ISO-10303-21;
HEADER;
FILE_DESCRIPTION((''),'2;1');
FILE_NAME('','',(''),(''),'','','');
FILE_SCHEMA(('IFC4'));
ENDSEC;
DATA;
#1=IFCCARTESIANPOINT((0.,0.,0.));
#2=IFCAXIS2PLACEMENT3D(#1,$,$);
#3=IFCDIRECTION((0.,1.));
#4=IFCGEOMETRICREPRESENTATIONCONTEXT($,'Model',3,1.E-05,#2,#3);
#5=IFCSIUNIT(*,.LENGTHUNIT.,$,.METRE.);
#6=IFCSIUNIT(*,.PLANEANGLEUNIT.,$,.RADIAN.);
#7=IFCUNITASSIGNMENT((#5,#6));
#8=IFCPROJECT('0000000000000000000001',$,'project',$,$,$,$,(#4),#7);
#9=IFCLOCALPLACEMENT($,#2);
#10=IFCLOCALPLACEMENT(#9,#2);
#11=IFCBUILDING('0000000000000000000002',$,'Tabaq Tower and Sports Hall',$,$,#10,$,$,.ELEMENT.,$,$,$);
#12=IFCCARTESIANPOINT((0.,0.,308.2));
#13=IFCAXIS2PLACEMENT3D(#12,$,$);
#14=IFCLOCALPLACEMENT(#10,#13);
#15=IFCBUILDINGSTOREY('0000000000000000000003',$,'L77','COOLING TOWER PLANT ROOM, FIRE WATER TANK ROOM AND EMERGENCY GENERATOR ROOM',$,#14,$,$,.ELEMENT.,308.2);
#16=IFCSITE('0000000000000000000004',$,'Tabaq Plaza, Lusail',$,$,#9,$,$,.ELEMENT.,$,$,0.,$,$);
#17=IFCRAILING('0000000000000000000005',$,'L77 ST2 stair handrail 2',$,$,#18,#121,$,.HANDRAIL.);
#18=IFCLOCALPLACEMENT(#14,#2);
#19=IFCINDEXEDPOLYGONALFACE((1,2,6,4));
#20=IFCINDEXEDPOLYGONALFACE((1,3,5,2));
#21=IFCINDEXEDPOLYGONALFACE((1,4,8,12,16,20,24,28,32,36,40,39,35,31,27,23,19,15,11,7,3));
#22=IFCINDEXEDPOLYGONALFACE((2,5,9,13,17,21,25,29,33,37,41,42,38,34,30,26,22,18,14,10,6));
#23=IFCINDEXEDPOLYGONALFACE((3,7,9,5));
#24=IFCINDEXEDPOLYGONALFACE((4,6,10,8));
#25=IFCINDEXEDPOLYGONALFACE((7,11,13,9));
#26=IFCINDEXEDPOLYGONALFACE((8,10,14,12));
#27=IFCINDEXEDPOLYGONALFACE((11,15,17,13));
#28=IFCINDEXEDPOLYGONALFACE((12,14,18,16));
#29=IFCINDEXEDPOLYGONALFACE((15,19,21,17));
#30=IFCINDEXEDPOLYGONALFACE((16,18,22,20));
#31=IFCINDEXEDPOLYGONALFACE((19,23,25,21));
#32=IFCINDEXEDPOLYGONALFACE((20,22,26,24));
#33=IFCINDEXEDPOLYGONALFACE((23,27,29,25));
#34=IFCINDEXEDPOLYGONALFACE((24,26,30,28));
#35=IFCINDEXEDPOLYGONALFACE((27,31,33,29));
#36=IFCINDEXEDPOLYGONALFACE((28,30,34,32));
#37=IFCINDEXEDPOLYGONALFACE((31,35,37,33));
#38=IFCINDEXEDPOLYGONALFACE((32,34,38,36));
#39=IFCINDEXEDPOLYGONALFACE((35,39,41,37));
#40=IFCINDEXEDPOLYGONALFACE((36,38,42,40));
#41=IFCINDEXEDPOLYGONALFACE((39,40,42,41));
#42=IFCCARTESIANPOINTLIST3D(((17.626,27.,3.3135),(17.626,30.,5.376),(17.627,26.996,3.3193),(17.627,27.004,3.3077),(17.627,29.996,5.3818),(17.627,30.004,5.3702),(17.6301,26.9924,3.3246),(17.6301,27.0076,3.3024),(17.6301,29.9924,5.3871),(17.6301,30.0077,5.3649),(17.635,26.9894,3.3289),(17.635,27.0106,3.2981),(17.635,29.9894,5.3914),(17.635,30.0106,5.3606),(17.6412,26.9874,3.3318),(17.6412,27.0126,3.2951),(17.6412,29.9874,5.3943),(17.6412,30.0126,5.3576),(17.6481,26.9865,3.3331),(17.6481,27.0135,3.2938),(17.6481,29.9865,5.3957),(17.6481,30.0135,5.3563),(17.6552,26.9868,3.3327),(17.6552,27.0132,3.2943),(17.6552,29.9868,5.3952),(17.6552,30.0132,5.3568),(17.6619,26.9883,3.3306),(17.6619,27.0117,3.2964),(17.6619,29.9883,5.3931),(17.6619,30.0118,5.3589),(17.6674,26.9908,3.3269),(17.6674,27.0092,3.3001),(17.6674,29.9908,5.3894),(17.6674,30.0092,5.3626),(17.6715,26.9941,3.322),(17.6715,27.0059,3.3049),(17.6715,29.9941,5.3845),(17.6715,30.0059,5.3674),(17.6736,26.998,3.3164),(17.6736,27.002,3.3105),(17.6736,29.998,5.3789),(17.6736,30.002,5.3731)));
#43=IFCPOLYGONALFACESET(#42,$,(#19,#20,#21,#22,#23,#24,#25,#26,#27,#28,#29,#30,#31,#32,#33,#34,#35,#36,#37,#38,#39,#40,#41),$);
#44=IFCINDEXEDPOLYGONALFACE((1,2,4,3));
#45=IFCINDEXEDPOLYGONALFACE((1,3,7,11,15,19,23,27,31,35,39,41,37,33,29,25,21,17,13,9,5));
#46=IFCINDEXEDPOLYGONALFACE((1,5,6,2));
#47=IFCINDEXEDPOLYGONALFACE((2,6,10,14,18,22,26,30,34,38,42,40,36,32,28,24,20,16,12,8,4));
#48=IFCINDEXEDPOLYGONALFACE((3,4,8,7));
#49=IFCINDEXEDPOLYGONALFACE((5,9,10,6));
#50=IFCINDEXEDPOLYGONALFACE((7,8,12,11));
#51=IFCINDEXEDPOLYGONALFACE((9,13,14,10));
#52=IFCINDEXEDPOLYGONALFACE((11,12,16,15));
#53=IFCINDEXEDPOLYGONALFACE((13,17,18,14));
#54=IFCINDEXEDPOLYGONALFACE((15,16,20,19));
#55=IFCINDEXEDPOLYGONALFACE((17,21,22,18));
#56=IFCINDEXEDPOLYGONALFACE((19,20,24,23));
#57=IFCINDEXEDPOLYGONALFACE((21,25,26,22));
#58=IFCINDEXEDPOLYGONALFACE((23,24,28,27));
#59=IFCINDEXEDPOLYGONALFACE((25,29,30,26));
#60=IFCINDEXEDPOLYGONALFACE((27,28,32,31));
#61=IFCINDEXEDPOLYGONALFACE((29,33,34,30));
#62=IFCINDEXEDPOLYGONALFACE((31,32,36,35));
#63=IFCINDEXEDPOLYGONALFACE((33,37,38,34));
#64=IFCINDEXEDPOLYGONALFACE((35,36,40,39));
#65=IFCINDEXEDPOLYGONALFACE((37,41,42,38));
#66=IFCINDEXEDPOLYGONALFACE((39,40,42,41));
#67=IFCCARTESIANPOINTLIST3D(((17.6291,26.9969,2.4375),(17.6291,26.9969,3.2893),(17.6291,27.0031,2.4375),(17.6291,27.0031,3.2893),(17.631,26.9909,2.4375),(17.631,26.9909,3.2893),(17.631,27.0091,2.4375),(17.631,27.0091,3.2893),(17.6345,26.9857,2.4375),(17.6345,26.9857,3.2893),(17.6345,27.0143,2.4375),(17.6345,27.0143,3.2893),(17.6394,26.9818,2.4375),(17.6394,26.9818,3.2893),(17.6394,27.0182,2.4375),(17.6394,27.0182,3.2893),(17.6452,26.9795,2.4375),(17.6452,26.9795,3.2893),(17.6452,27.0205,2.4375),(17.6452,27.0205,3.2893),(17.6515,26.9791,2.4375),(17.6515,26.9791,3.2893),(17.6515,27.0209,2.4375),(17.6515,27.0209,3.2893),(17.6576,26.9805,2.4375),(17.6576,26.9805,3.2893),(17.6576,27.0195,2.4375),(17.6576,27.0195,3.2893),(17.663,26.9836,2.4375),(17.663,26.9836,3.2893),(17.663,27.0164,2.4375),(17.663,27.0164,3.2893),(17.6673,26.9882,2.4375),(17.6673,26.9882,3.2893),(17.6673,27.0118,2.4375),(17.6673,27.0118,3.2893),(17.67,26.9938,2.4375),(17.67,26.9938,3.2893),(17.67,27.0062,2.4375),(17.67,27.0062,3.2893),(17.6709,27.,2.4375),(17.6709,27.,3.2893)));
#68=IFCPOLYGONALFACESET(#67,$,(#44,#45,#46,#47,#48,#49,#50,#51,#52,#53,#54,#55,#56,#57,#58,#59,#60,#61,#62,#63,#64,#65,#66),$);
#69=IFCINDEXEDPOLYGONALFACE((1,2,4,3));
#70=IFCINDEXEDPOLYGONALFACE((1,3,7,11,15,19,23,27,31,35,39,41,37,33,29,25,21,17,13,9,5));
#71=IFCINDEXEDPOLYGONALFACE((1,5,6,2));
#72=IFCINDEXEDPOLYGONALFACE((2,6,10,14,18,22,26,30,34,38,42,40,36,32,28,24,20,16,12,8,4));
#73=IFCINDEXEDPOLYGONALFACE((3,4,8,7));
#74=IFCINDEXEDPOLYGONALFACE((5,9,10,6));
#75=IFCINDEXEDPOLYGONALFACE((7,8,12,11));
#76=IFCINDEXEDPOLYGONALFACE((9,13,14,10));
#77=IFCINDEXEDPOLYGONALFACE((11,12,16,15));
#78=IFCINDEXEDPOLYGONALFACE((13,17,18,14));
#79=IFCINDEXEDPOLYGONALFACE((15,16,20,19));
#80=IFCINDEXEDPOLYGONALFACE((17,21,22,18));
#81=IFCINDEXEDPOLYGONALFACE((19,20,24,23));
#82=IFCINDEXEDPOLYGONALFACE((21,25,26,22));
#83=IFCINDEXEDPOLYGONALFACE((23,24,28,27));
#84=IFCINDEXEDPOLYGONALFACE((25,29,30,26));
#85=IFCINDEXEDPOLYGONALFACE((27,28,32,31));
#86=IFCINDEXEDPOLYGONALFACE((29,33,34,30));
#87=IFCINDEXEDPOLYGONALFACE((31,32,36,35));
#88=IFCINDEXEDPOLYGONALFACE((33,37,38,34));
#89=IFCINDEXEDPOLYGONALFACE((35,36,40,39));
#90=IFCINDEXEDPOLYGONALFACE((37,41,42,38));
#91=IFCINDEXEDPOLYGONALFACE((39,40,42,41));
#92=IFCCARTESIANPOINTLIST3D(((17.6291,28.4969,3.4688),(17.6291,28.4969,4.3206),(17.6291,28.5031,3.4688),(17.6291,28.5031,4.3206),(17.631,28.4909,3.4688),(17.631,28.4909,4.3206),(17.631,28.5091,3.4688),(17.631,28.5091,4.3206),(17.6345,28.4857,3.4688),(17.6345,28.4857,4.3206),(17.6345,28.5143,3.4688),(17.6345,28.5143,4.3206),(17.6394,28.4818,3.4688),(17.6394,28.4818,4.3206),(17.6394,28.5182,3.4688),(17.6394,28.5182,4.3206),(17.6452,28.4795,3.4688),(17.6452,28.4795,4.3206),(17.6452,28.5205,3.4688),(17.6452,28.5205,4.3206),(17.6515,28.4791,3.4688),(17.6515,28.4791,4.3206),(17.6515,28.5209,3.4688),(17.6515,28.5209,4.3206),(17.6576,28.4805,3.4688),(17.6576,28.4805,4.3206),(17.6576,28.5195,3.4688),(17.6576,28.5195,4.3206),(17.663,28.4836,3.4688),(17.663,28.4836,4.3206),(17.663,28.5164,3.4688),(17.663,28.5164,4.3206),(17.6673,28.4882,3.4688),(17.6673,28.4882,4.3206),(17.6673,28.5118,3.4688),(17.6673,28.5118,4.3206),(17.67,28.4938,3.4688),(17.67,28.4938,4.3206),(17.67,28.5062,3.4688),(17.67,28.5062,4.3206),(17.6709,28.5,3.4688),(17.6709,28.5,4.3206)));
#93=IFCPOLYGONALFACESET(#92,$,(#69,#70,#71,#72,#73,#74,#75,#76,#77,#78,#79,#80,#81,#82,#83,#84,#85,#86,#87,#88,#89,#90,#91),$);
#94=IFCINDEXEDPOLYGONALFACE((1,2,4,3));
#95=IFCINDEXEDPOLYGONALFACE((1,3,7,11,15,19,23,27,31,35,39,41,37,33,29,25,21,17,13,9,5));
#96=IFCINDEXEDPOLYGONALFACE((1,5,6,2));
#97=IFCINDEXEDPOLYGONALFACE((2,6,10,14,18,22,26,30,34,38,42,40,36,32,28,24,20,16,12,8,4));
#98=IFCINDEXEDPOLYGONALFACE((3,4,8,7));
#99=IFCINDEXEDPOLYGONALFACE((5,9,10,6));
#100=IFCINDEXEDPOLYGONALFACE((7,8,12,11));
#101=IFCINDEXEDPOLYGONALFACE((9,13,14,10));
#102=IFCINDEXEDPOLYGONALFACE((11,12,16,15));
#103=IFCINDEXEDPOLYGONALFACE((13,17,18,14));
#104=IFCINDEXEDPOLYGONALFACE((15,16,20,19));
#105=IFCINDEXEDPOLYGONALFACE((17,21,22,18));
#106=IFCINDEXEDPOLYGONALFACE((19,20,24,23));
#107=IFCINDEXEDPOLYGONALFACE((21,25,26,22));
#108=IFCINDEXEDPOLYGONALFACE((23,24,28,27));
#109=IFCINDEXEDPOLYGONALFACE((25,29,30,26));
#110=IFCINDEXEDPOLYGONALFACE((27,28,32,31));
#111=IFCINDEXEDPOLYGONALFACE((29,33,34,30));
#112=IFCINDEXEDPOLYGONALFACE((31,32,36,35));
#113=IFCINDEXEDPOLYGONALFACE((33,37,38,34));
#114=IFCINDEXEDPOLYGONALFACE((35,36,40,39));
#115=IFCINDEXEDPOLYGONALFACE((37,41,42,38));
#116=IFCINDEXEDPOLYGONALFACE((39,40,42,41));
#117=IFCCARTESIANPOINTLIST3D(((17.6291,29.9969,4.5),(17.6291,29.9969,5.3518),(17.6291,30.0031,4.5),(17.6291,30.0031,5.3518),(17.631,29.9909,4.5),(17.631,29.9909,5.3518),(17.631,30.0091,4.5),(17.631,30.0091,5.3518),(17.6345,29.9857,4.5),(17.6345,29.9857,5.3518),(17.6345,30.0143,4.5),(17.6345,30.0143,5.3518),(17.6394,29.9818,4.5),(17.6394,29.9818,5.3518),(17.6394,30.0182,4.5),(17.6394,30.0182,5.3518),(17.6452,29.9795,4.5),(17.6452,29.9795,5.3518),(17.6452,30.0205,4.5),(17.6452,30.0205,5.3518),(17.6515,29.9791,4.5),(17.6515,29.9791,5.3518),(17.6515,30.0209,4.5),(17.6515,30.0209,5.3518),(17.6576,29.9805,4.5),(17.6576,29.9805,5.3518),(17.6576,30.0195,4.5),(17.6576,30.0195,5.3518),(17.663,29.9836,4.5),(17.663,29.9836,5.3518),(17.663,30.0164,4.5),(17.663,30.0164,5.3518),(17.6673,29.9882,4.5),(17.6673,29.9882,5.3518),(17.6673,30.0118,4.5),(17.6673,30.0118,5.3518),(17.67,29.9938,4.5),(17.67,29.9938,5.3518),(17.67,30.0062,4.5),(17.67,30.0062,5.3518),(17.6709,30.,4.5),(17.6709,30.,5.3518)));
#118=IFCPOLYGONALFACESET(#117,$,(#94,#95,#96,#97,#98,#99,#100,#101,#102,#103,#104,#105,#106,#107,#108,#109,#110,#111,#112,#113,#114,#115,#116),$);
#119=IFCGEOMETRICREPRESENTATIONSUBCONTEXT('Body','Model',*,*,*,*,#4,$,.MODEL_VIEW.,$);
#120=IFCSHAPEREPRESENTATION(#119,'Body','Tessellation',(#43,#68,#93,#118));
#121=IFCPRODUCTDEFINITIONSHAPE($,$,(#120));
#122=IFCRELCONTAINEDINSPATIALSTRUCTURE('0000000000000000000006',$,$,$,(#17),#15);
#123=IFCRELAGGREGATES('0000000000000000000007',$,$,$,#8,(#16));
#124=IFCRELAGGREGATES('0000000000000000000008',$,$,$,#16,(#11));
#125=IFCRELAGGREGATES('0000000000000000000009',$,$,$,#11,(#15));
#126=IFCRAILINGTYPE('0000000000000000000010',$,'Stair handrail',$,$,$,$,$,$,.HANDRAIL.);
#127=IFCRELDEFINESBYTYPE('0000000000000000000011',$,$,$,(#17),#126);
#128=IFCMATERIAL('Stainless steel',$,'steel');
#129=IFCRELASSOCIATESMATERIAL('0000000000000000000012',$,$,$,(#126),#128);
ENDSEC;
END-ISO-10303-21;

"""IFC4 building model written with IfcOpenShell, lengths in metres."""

from ifc_helpers import new_model, si_unit, direction, frame, origin, origin_2d, place, context, subcontext, project, spatial, circle, extrude, material, type_object, element, save


model = new_model("IFC4")

# Units and contexts
model_context = context("Model", 3, precision=1e-05, world=origin(), true_north=direction((0.0, 1.0)))
body_context = subcontext(model_context, "Body", "Model", "MODEL_VIEW")
ifc_project = project(units=[si_unit("LENGTHUNIT", "METRE"), si_unit("PLANEANGLEUNIT", "RADIAN")], contexts=[model_context])

# Site, building, storey
site_placement = place(None, origin())
site = spatial("IfcSite", under=ifc_project, at=site_placement, Name="Tabaq Plaza, Lusail", CompositionType="ELEMENT", RefElevation=0.0)
building_placement = place(site_placement, origin())
building = spatial("IfcBuilding", under=site, at=building_placement, Name="Tabaq Tower and Sports Hall", CompositionType="ELEMENT")
storey_placement = place(building_placement, frame((0.0, 0.0, 308.2)))
storey = spatial("IfcBuildingStorey", under=building, at=storey_placement, Name="L77", Description="COOLING TOWER PLANT ROOM, FIRE WATER TANK ROOM AND EMERGENCY GENERATOR ROOM", CompositionType="ELEMENT", Elevation=308.2)

# Railing
ifc_material_1 = material(Name="Stainless steel", Category="steel")
railing_type_1 = type_object("IfcRailingType", Name="Stair handrail", PredefinedType="HANDRAIL", material=ifc_material_1)
railing_1_placement = place(storey_placement, frame((17.6499, 27.0, 2.4375)))
element("IfcRailing", 1, at=railing_1_placement, inside=storey, type_object=railing_type_1, Name="L77 ST2 stair handrail 2", PredefinedType="HANDRAIL", context=body_context, shape_type="SweptSolid", body=[
    extrude(circle(Radius=0.0239, at=origin_2d()), frame((0.0, 0.0, 0.876), z_axis=(0.0, 0.824042, 0.566529), x_axis=(-1.0, 0.0, 0.0)), (0.0, 0.0, 1.0), 3.6406),
    extrude(circle(Radius=0.021, at=origin_2d()), origin(), (0.0, 0.0, 1.0), 0.8518),
    extrude(circle(Radius=0.021, at=origin_2d()), frame((0.0, 1.5, 1.0312)), (0.0, 0.0, 1.0), 0.8518),
    extrude(circle(Radius=0.021, at=origin_2d()), frame((0.0, 3.0, 2.0625)), (0.0, 0.0, 1.0), 0.8518),
])

save(model, "model.ifc")
